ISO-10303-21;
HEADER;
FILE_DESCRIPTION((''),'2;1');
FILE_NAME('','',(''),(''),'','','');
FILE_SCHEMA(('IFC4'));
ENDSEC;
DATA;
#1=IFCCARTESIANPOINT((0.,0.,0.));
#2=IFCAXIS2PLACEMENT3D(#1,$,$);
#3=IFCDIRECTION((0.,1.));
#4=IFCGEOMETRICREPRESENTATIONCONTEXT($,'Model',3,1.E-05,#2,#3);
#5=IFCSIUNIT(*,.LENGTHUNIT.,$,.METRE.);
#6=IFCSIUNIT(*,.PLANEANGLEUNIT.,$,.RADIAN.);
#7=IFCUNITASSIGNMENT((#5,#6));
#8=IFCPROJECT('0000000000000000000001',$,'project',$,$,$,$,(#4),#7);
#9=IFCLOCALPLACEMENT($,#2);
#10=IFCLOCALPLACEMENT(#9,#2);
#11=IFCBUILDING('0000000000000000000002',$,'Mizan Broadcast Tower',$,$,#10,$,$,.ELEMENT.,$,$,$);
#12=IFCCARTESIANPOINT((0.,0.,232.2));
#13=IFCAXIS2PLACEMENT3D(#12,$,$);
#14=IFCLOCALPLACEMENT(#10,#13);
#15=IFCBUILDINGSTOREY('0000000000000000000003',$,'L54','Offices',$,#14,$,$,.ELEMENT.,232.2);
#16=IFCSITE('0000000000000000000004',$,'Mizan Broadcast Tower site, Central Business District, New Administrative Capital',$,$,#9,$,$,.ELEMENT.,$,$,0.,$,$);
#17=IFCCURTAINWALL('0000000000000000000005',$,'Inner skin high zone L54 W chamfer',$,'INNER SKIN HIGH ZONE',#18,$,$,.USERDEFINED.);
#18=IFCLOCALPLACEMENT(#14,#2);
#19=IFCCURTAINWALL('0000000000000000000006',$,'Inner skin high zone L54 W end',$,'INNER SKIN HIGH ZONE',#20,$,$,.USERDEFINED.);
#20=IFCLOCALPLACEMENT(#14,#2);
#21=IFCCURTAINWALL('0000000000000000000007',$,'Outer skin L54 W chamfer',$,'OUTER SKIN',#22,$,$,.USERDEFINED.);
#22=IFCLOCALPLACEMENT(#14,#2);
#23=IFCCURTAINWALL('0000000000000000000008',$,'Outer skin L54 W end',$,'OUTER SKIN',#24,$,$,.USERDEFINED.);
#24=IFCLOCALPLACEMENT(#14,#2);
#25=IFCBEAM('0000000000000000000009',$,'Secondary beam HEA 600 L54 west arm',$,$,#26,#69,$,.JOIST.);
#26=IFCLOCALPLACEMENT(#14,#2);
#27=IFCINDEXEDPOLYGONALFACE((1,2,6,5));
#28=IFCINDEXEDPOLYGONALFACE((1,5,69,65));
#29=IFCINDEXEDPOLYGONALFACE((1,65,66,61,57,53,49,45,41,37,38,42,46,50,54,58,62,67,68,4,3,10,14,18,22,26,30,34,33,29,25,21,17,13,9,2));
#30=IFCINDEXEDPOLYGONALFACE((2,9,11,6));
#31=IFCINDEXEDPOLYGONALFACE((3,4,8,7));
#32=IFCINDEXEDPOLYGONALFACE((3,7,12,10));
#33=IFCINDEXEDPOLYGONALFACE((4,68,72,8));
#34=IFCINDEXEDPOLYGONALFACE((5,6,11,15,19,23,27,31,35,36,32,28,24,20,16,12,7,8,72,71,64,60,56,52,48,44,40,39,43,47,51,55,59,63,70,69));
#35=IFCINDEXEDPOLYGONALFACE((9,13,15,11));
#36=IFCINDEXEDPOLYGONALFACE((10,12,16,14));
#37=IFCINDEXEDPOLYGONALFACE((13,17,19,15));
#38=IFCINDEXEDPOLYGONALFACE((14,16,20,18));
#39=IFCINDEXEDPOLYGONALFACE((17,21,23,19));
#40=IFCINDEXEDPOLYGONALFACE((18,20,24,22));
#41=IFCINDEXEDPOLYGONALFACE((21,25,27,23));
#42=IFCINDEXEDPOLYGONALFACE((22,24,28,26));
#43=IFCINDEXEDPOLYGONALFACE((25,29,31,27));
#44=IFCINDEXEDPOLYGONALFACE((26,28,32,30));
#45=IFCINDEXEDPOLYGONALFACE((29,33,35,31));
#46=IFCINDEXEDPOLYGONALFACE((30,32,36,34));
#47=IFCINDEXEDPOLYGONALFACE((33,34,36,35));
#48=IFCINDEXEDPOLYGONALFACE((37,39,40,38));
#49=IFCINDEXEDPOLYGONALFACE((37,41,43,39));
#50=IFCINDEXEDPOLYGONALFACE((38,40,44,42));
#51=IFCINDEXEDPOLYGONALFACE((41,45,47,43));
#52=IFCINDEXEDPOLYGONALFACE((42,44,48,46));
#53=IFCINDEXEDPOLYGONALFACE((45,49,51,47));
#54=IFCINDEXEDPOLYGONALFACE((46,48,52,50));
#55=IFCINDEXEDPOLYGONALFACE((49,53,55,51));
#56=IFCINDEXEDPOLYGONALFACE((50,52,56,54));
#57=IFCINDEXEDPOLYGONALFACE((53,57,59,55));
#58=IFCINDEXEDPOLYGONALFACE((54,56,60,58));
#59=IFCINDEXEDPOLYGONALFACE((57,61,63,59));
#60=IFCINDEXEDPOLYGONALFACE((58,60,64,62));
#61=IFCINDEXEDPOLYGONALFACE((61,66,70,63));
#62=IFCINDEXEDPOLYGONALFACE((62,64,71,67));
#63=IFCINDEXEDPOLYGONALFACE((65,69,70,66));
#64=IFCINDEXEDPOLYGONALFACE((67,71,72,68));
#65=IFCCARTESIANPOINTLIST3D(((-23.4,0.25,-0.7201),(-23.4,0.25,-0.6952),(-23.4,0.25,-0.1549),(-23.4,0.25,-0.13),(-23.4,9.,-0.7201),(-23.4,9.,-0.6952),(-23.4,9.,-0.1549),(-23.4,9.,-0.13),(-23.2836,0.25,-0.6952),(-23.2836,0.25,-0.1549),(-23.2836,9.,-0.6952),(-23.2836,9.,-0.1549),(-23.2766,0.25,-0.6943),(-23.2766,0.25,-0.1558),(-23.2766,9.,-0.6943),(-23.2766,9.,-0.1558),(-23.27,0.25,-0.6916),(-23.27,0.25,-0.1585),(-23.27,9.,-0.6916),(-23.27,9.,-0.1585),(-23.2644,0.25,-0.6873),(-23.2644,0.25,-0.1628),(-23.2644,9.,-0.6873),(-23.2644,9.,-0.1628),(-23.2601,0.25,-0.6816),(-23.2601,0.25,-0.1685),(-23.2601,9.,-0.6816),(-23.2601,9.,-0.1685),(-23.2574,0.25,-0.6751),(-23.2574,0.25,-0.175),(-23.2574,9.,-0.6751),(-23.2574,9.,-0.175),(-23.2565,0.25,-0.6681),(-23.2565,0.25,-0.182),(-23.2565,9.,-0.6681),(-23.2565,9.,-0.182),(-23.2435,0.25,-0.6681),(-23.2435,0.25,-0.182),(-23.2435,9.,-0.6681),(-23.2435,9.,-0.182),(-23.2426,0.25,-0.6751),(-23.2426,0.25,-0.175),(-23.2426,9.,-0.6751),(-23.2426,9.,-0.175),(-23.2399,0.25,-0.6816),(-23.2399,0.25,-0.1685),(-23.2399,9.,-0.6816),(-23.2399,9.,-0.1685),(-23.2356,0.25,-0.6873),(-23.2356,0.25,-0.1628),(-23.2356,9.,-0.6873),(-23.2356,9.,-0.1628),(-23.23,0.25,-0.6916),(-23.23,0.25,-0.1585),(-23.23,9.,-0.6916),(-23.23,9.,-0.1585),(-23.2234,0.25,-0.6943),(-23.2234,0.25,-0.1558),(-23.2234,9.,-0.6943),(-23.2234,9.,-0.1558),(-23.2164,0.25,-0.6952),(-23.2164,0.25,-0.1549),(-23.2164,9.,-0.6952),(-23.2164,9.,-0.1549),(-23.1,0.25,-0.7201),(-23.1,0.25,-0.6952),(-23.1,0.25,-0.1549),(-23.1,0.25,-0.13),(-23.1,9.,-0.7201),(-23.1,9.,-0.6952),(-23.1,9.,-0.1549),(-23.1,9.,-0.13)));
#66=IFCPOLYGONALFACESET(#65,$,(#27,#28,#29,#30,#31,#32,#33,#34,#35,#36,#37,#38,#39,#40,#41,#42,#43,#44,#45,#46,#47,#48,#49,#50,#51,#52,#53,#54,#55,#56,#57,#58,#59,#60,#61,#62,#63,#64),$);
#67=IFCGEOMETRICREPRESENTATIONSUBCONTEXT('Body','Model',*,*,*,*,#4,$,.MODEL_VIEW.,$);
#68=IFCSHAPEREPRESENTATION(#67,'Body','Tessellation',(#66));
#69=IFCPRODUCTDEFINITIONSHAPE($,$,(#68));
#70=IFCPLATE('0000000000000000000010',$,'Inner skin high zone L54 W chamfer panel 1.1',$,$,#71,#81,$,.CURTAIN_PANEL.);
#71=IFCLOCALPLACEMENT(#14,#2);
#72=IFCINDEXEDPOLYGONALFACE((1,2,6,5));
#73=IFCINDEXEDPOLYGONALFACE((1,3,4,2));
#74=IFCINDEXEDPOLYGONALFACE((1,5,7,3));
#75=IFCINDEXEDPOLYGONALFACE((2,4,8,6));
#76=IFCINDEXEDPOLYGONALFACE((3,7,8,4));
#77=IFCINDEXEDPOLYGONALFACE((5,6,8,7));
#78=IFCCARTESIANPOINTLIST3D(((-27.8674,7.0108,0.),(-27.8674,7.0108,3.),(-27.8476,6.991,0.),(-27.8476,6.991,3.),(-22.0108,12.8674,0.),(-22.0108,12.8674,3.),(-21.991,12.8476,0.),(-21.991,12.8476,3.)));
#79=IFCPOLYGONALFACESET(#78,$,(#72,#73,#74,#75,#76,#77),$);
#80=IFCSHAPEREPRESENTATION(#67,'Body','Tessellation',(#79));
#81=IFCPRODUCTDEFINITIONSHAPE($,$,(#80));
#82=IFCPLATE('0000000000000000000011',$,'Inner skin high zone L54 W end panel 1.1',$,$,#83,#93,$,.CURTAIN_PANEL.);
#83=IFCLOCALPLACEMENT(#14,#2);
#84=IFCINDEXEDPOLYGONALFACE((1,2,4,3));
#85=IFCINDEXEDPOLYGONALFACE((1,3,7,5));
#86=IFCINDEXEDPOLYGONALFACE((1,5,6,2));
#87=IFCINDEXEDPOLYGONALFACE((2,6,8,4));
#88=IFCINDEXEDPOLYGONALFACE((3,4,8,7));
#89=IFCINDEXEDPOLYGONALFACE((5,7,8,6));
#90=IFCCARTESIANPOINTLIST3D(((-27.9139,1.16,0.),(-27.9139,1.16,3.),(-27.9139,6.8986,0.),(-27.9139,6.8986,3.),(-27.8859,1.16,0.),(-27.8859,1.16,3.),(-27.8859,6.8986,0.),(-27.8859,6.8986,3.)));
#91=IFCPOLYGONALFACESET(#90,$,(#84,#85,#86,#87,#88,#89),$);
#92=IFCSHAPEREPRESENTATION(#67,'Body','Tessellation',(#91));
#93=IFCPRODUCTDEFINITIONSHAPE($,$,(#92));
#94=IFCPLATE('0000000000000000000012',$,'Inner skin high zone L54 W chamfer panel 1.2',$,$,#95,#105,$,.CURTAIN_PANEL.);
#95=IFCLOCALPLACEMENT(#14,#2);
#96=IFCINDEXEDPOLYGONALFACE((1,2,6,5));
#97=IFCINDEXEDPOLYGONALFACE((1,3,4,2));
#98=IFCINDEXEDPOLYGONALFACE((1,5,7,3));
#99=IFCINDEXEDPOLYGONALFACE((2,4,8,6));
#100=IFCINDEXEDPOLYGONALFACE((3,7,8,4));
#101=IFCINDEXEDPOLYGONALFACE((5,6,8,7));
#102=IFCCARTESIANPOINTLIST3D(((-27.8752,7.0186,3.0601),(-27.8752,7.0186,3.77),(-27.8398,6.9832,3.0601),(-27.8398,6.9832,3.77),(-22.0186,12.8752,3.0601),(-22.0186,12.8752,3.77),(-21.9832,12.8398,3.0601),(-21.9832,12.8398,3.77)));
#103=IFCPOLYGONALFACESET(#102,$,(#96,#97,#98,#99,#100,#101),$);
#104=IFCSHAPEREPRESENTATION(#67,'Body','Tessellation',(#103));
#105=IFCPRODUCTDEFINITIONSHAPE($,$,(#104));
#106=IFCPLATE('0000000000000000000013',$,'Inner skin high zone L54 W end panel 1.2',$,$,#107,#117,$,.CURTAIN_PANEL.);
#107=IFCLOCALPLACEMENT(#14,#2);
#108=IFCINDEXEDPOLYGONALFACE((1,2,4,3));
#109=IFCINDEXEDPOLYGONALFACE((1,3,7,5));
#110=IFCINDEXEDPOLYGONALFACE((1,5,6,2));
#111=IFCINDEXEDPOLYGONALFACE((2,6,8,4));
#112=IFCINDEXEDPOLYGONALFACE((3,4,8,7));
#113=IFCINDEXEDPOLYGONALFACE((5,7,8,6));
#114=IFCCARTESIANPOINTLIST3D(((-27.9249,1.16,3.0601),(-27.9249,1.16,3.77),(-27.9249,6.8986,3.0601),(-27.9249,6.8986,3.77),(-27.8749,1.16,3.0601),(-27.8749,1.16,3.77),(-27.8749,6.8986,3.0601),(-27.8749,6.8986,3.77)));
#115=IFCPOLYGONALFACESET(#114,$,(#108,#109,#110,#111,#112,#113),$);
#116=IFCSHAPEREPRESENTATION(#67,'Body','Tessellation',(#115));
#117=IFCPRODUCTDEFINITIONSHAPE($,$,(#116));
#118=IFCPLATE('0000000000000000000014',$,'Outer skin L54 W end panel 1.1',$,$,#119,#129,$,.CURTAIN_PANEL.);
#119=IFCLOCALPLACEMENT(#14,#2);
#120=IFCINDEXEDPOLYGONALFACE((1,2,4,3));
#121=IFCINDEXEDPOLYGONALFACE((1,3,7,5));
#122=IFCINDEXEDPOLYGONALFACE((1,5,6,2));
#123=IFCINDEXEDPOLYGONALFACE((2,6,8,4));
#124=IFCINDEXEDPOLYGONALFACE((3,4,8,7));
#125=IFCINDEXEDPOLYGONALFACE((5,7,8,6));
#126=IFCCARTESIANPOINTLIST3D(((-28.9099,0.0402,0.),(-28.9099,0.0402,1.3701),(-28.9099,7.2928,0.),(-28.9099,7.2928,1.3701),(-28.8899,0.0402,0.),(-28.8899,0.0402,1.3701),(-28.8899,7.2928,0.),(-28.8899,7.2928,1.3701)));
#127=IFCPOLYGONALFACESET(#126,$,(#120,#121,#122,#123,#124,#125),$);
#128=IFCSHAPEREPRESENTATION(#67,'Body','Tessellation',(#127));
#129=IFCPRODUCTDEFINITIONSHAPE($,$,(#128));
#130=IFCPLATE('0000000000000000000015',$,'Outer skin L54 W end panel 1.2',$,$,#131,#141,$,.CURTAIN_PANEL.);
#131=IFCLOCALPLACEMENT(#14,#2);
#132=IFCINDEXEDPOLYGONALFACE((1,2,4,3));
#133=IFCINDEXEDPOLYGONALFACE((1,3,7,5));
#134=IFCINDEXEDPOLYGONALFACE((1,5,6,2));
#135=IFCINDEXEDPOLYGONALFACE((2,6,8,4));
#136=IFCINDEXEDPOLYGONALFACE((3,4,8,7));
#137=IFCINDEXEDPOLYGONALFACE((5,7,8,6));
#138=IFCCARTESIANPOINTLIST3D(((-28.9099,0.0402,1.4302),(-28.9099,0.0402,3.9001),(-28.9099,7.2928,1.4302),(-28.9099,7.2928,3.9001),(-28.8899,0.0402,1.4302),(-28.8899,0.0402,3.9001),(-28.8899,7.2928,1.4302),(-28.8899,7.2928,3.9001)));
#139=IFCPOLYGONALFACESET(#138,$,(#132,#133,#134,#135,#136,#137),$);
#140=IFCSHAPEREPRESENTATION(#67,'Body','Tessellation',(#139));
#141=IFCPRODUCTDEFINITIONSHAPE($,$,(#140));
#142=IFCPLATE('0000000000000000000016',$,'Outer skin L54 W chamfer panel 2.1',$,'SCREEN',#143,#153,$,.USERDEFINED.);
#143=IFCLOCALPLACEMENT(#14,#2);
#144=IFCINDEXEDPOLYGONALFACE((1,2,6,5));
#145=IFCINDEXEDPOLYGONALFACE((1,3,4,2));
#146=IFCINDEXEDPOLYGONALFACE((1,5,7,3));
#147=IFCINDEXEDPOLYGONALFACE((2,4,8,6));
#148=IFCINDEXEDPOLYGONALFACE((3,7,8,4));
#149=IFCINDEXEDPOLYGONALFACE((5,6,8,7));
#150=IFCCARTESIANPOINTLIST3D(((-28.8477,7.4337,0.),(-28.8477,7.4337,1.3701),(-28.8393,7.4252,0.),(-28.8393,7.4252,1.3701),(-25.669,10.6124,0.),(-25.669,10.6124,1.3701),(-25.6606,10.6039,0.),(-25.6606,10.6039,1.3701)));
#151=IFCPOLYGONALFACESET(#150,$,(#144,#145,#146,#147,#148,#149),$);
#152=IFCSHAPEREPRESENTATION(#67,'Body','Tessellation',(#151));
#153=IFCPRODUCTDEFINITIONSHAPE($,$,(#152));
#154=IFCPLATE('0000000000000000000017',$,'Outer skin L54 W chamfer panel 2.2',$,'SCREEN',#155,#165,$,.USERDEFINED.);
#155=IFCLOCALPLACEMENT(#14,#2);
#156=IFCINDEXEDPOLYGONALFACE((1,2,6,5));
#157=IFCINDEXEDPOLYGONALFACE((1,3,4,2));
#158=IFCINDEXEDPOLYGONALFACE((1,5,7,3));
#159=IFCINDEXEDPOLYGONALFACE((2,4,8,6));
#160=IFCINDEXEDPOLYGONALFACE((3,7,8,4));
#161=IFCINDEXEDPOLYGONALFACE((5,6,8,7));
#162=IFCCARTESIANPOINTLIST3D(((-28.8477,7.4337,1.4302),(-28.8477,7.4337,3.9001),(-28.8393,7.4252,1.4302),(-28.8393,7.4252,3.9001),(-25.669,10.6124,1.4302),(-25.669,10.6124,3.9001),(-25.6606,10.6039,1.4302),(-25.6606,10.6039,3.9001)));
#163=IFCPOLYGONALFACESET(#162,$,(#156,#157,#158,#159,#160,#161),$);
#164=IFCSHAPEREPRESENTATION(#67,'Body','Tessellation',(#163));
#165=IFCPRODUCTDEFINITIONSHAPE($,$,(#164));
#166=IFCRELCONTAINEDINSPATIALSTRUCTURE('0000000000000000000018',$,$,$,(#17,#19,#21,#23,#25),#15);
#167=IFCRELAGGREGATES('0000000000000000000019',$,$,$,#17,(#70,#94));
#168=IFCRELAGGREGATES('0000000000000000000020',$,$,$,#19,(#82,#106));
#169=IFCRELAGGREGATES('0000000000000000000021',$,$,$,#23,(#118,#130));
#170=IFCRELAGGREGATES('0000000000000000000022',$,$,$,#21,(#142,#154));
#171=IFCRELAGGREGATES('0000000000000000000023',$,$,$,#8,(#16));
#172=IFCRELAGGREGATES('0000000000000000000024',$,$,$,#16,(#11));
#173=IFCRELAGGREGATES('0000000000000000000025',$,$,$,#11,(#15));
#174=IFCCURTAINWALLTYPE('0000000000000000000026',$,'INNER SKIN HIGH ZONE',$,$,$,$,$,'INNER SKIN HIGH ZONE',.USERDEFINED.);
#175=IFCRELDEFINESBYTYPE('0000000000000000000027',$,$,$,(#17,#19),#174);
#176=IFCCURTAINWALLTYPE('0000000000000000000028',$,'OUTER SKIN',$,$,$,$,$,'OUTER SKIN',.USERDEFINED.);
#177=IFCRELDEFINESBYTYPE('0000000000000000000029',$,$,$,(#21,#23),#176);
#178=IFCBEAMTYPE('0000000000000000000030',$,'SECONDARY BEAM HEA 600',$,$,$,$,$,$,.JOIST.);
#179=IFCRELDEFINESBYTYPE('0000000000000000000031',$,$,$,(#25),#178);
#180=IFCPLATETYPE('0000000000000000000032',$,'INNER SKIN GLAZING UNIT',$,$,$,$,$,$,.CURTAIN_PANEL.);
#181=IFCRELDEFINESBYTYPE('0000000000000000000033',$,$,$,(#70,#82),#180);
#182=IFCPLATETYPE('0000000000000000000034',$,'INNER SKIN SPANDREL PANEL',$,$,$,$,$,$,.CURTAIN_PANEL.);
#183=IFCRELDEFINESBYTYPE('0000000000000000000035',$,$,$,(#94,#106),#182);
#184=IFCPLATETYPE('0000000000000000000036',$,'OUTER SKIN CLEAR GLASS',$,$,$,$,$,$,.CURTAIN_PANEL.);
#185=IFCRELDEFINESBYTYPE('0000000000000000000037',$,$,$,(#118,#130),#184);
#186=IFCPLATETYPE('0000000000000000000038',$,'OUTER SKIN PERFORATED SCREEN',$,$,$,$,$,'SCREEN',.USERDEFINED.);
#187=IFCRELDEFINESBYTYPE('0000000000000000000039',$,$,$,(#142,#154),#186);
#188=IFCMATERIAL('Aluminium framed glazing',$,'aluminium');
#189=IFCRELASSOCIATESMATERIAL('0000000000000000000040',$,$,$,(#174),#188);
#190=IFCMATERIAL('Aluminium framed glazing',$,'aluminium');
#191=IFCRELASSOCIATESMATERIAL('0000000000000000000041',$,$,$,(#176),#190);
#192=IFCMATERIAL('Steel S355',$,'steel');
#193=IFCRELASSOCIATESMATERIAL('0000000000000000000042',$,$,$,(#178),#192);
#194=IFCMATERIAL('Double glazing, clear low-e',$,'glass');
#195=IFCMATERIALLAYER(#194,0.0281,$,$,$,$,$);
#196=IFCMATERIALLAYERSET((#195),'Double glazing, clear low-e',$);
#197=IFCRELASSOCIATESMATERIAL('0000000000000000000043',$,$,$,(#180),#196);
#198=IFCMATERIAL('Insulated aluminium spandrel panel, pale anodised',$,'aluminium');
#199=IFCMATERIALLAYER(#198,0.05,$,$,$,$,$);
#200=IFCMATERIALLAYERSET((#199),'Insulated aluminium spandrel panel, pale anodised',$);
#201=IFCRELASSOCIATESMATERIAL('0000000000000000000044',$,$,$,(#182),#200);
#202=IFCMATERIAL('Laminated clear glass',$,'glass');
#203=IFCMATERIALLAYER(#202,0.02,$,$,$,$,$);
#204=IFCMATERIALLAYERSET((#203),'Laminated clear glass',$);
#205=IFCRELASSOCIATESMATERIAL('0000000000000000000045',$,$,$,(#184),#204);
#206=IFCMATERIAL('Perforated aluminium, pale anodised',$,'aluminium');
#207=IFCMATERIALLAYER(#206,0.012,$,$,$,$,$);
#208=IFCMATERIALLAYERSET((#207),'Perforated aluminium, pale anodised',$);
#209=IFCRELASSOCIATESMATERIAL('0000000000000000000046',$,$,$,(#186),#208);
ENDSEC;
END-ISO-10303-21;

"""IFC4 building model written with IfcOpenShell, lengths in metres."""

from ifc_helpers import new_model, si_unit, direction, frame, origin, origin_2d, place, context, subcontext, project, spatial, rectangle, i_section, extrude, material, layer, layer_set, material_profile, profile_set, type_object, element, aggregate, save


model = new_model("IFC4")

# Units and contexts
model_context = context("Model", 3, precision=1e-05, world=origin(), true_north=direction((0.0, 1.0)))
body_context = subcontext(model_context, "Body", "Model", "MODEL_VIEW")
ifc_project = project(units=[si_unit("LENGTHUNIT", "METRE"), si_unit("PLANEANGLEUNIT", "RADIAN")], contexts=[model_context])

# Site, building, storey
site_placement = place(None, origin())
site = spatial("IfcSite", under=ifc_project, at=site_placement, Name="Mizan Broadcast Tower site, Central Business District, New Administrative Capital", CompositionType="ELEMENT", RefElevation=0.0)
building_placement = place(site_placement, origin())
building = spatial("IfcBuilding", under=site, at=building_placement, Name="Mizan Broadcast Tower", CompositionType="ELEMENT")
storey_placement = place(building_placement, frame((0.0, 0.0, 232.2)))
storey = spatial("IfcBuildingStorey", under=building, at=storey_placement, Name="L54", Description="Offices", CompositionType="ELEMENT", Elevation=232.2)

# Curtain wall
ifc_material_1 = material(Name="Aluminium framed glazing", Category="aluminium")
curtain_wall_type_1 = type_object("IfcCurtainWallType", Name="INNER SKIN HIGH ZONE", ElementType="INNER SKIN HIGH ZONE", PredefinedType="USERDEFINED", material=ifc_material_1)
curtain_wall_1_placement = place(storey_placement, origin())
curtain_wall_1 = element("IfcCurtainWall", 1, at=curtain_wall_1_placement, inside=storey, type_object=curtain_wall_type_1, Name="Inner skin high zone L54 W chamfer", ObjectType="INNER SKIN HIGH ZONE", PredefinedType="USERDEFINED")

# Curtain walls
curtain_wall_2_placement = place(storey_placement, origin())
curtain_wall_2 = element("IfcCurtainWall", 2, at=curtain_wall_2_placement, inside=storey, type_object=curtain_wall_type_1, Name="Inner skin high zone L54 W end", ObjectType="INNER SKIN HIGH ZONE", PredefinedType="USERDEFINED")
ifc_material_2 = material(Name="Aluminium framed glazing", Category="aluminium")
curtain_wall_type_2 = type_object("IfcCurtainWallType", Name="OUTER SKIN", ElementType="OUTER SKIN", PredefinedType="USERDEFINED", material=ifc_material_2)
curtain_wall_3_placement = place(storey_placement, origin())
curtain_wall_3 = element("IfcCurtainWall", 3, at=curtain_wall_3_placement, inside=storey, type_object=curtain_wall_type_2, Name="Outer skin L54 W chamfer", ObjectType="OUTER SKIN", PredefinedType="USERDEFINED")

# Curtain wall
curtain_wall_4_placement = place(storey_placement, origin())
curtain_wall_4 = element("IfcCurtainWall", 4, at=curtain_wall_4_placement, inside=storey, type_object=curtain_wall_type_2, Name="Outer skin L54 W end", ObjectType="OUTER SKIN", PredefinedType="USERDEFINED")

# Beam
ifc_material_3 = material(Name="Steel S355", Category="steel")
ifc_material_profile_1 = material_profile(ifc_material_3, i_section(OverallWidth=0.3, OverallDepth=0.5901, WebThickness=0.0129, FlangeThickness=0.0249, FilletRadius=0.0271, at=origin_2d()), Name="HEA 600")
ifc_profile_set_1 = profile_set([ifc_material_profile_1], Name="Steel S355")
beam_type_1 = type_object("IfcBeamType", Name="SECONDARY BEAM HEA 600", PredefinedType="JOIST", material=ifc_profile_set_1)
beam_1_placement = place(storey_placement, frame((-23.25, 9.0, -0.425), z_axis=(0.0, -1.0, 0.0), x_axis=(1.0, 0.0, 0.0)))
element("IfcBeam", 5, at=beam_1_placement, inside=storey, type_object=beam_type_1, Name="Secondary beam HEA 600 L54 west arm", PredefinedType="JOIST", context=body_context, shape_type="SweptSolid", body=[
    extrude(i_section(OverallWidth=0.3, OverallDepth=0.5901, WebThickness=0.0129, FlangeThickness=0.0249, FilletRadius=0.0271, at=origin_2d()), origin(), (0.0, 0.0, 1.0), 8.75),
])

# Plates
ifc_material_4 = material(Name="Double glazing, clear low-e", Category="glass")
ifc_layer_1 = layer(ifc_material_4, 0.0281)
ifc_layer_set_1 = layer_set([ifc_layer_1], Name="Double glazing, clear low-e")
plate_type_1 = type_object("IfcPlateType", Name="INNER SKIN GLAZING UNIT", PredefinedType="CURTAIN_PANEL", material=ifc_layer_set_1)
plate_1_placement = place(storey_placement, frame((-24.9292, 9.9292, 0.0), z_axis=(0.0, 0.0, 1.0), x_axis=(-0.707107, -0.707107, 0.0)))
plate_1 = element("IfcPlate", 6, at=plate_1_placement, type_object=plate_type_1, Name="Inner skin high zone L54 W chamfer panel 1.1", PredefinedType="CURTAIN_PANEL", context=body_context, shape_type="SweptSolid", body=[
    extrude(rectangle(XDim=8.2825, YDim=0.0281, at=origin_2d()), origin(), (0.0, 0.0, 1.0), 3.0),
])
plate_2_placement = place(storey_placement, frame((-27.8999, 4.0293, 0.0), z_axis=(0.0, 0.0, 1.0), x_axis=(0.0, -1.0, 0.0)))
plate_2 = element("IfcPlate", 7, at=plate_2_placement, type_object=plate_type_1, Name="Inner skin high zone L54 W end panel 1.1", PredefinedType="CURTAIN_PANEL", context=body_context, shape_type="SweptSolid", body=[
    extrude(rectangle(XDim=5.7385, YDim=0.0281, at=origin_2d()), origin(), (0.0, 0.0, 1.0), 3.0),
])
ifc_material_5 = material(Name="Insulated aluminium spandrel panel, pale anodised", Category="aluminium")
ifc_layer_2 = layer(ifc_material_5, 0.05)
ifc_layer_set_2 = layer_set([ifc_layer_2], Name="Insulated aluminium spandrel panel, pale anodised")
plate_type_2 = type_object("IfcPlateType", Name="INNER SKIN SPANDREL PANEL", PredefinedType="CURTAIN_PANEL", material=ifc_layer_set_2)
plate_3_placement = place(storey_placement, frame((-24.9292, 9.9292, 3.0601), z_axis=(0.0, 0.0, 1.0), x_axis=(-0.707107, -0.707107, 0.0)))
plate_3 = element("IfcPlate", 8, at=plate_3_placement, type_object=plate_type_2, Name="Inner skin high zone L54 W chamfer panel 1.2", PredefinedType="CURTAIN_PANEL", context=body_context, shape_type="SweptSolid", body=[
    extrude(rectangle(XDim=8.2825, YDim=0.05, at=origin_2d()), origin(), (0.0, 0.0, 1.0), 0.71),
])
aggregate(curtain_wall_1, [plate_1, plate_3])
plate_4_placement = place(storey_placement, frame((-27.8999, 4.0293, 3.0601), z_axis=(0.0, 0.0, 1.0), x_axis=(0.0, -1.0, 0.0)))
plate_4 = element("IfcPlate", 9, at=plate_4_placement, type_object=plate_type_2, Name="Inner skin high zone L54 W end panel 1.2", PredefinedType="CURTAIN_PANEL", context=body_context, shape_type="SweptSolid", body=[
    extrude(rectangle(XDim=5.7385, YDim=0.05, at=origin_2d()), origin(), (0.0, 0.0, 1.0), 0.71),
])
aggregate(curtain_wall_2, [plate_2, plate_4])
ifc_material_6 = material(Name="Laminated clear glass", Category="glass")
ifc_layer_3 = layer(ifc_material_6, 0.02)
ifc_layer_set_3 = layer_set([ifc_layer_3], Name="Laminated clear glass")
plate_type_3 = type_object("IfcPlateType", Name="OUTER SKIN CLEAR GLASS", PredefinedType="CURTAIN_PANEL", material=ifc_layer_set_3)
plate_5_placement = place(storey_placement, frame((-28.8999, 3.6665, 0.0), z_axis=(0.0, 0.0, 1.0), x_axis=(0.0, -1.0, 0.0)))
plate_5 = element("IfcPlate", 10, at=plate_5_placement, type_object=plate_type_3, Name="Outer skin L54 W end panel 1.1", PredefinedType="CURTAIN_PANEL", context=body_context, shape_type="SweptSolid", body=[
    extrude(rectangle(XDim=7.2527, YDim=0.02, at=origin_2d()), origin(), (0.0, 0.0, 1.0), 1.3701),
])
plate_6_placement = place(storey_placement, frame((-28.8999, 3.6665, 1.4302), z_axis=(0.0, 0.0, 1.0), x_axis=(0.0, -1.0, 0.0)))
plate_6 = element("IfcPlate", 11, at=plate_6_placement, type_object=plate_type_3, Name="Outer skin L54 W end panel 1.2", PredefinedType="CURTAIN_PANEL", context=body_context, shape_type="SweptSolid", body=[
    extrude(rectangle(XDim=7.2527, YDim=0.02, at=origin_2d()), origin(), (0.0, 0.0, 1.0), 2.47),
])
aggregate(curtain_wall_4, [plate_5, plate_6])
ifc_material_7 = material(Name="Perforated aluminium, pale anodised", Category="aluminium")
ifc_layer_4 = layer(ifc_material_7, 0.012)
ifc_layer_set_4 = layer_set([ifc_layer_4], Name="Perforated aluminium, pale anodised")
plate_type_4 = type_object("IfcPlateType", Name="OUTER SKIN PERFORATED SCREEN", ElementType="SCREEN", PredefinedType="USERDEFINED", material=ifc_layer_set_4)
plate_7_placement = place(storey_placement, frame((-27.2542, 9.0188, 0.0), z_axis=(0.0, 0.0, 1.0), x_axis=(-0.707107, -0.707107, 0.0)))
plate_7 = element("IfcPlate", 12, at=plate_7_placement, type_object=plate_type_4, Name="Outer skin L54 W chamfer panel 2.1", ObjectType="SCREEN", PredefinedType="USERDEFINED", context=body_context, shape_type="SweptSolid", body=[
    extrude(rectangle(XDim=4.4954, YDim=0.012, at=origin_2d()), origin(), (0.0, 0.0, 1.0), 1.3701),
])
plate_8_placement = place(storey_placement, frame((-27.2542, 9.0188, 1.4302), z_axis=(0.0, 0.0, 1.0), x_axis=(-0.707107, -0.707107, 0.0)))
plate_8 = element("IfcPlate", 13, at=plate_8_placement, type_object=plate_type_4, Name="Outer skin L54 W chamfer panel 2.2", ObjectType="SCREEN", PredefinedType="USERDEFINED", context=body_context, shape_type="SweptSolid", body=[
    extrude(rectangle(XDim=4.4954, YDim=0.012, at=origin_2d()), origin(), (0.0, 0.0, 1.0), 2.47),
])
aggregate(curtain_wall_3, [plate_7, plate_8])

save(model, "model.ifc")
